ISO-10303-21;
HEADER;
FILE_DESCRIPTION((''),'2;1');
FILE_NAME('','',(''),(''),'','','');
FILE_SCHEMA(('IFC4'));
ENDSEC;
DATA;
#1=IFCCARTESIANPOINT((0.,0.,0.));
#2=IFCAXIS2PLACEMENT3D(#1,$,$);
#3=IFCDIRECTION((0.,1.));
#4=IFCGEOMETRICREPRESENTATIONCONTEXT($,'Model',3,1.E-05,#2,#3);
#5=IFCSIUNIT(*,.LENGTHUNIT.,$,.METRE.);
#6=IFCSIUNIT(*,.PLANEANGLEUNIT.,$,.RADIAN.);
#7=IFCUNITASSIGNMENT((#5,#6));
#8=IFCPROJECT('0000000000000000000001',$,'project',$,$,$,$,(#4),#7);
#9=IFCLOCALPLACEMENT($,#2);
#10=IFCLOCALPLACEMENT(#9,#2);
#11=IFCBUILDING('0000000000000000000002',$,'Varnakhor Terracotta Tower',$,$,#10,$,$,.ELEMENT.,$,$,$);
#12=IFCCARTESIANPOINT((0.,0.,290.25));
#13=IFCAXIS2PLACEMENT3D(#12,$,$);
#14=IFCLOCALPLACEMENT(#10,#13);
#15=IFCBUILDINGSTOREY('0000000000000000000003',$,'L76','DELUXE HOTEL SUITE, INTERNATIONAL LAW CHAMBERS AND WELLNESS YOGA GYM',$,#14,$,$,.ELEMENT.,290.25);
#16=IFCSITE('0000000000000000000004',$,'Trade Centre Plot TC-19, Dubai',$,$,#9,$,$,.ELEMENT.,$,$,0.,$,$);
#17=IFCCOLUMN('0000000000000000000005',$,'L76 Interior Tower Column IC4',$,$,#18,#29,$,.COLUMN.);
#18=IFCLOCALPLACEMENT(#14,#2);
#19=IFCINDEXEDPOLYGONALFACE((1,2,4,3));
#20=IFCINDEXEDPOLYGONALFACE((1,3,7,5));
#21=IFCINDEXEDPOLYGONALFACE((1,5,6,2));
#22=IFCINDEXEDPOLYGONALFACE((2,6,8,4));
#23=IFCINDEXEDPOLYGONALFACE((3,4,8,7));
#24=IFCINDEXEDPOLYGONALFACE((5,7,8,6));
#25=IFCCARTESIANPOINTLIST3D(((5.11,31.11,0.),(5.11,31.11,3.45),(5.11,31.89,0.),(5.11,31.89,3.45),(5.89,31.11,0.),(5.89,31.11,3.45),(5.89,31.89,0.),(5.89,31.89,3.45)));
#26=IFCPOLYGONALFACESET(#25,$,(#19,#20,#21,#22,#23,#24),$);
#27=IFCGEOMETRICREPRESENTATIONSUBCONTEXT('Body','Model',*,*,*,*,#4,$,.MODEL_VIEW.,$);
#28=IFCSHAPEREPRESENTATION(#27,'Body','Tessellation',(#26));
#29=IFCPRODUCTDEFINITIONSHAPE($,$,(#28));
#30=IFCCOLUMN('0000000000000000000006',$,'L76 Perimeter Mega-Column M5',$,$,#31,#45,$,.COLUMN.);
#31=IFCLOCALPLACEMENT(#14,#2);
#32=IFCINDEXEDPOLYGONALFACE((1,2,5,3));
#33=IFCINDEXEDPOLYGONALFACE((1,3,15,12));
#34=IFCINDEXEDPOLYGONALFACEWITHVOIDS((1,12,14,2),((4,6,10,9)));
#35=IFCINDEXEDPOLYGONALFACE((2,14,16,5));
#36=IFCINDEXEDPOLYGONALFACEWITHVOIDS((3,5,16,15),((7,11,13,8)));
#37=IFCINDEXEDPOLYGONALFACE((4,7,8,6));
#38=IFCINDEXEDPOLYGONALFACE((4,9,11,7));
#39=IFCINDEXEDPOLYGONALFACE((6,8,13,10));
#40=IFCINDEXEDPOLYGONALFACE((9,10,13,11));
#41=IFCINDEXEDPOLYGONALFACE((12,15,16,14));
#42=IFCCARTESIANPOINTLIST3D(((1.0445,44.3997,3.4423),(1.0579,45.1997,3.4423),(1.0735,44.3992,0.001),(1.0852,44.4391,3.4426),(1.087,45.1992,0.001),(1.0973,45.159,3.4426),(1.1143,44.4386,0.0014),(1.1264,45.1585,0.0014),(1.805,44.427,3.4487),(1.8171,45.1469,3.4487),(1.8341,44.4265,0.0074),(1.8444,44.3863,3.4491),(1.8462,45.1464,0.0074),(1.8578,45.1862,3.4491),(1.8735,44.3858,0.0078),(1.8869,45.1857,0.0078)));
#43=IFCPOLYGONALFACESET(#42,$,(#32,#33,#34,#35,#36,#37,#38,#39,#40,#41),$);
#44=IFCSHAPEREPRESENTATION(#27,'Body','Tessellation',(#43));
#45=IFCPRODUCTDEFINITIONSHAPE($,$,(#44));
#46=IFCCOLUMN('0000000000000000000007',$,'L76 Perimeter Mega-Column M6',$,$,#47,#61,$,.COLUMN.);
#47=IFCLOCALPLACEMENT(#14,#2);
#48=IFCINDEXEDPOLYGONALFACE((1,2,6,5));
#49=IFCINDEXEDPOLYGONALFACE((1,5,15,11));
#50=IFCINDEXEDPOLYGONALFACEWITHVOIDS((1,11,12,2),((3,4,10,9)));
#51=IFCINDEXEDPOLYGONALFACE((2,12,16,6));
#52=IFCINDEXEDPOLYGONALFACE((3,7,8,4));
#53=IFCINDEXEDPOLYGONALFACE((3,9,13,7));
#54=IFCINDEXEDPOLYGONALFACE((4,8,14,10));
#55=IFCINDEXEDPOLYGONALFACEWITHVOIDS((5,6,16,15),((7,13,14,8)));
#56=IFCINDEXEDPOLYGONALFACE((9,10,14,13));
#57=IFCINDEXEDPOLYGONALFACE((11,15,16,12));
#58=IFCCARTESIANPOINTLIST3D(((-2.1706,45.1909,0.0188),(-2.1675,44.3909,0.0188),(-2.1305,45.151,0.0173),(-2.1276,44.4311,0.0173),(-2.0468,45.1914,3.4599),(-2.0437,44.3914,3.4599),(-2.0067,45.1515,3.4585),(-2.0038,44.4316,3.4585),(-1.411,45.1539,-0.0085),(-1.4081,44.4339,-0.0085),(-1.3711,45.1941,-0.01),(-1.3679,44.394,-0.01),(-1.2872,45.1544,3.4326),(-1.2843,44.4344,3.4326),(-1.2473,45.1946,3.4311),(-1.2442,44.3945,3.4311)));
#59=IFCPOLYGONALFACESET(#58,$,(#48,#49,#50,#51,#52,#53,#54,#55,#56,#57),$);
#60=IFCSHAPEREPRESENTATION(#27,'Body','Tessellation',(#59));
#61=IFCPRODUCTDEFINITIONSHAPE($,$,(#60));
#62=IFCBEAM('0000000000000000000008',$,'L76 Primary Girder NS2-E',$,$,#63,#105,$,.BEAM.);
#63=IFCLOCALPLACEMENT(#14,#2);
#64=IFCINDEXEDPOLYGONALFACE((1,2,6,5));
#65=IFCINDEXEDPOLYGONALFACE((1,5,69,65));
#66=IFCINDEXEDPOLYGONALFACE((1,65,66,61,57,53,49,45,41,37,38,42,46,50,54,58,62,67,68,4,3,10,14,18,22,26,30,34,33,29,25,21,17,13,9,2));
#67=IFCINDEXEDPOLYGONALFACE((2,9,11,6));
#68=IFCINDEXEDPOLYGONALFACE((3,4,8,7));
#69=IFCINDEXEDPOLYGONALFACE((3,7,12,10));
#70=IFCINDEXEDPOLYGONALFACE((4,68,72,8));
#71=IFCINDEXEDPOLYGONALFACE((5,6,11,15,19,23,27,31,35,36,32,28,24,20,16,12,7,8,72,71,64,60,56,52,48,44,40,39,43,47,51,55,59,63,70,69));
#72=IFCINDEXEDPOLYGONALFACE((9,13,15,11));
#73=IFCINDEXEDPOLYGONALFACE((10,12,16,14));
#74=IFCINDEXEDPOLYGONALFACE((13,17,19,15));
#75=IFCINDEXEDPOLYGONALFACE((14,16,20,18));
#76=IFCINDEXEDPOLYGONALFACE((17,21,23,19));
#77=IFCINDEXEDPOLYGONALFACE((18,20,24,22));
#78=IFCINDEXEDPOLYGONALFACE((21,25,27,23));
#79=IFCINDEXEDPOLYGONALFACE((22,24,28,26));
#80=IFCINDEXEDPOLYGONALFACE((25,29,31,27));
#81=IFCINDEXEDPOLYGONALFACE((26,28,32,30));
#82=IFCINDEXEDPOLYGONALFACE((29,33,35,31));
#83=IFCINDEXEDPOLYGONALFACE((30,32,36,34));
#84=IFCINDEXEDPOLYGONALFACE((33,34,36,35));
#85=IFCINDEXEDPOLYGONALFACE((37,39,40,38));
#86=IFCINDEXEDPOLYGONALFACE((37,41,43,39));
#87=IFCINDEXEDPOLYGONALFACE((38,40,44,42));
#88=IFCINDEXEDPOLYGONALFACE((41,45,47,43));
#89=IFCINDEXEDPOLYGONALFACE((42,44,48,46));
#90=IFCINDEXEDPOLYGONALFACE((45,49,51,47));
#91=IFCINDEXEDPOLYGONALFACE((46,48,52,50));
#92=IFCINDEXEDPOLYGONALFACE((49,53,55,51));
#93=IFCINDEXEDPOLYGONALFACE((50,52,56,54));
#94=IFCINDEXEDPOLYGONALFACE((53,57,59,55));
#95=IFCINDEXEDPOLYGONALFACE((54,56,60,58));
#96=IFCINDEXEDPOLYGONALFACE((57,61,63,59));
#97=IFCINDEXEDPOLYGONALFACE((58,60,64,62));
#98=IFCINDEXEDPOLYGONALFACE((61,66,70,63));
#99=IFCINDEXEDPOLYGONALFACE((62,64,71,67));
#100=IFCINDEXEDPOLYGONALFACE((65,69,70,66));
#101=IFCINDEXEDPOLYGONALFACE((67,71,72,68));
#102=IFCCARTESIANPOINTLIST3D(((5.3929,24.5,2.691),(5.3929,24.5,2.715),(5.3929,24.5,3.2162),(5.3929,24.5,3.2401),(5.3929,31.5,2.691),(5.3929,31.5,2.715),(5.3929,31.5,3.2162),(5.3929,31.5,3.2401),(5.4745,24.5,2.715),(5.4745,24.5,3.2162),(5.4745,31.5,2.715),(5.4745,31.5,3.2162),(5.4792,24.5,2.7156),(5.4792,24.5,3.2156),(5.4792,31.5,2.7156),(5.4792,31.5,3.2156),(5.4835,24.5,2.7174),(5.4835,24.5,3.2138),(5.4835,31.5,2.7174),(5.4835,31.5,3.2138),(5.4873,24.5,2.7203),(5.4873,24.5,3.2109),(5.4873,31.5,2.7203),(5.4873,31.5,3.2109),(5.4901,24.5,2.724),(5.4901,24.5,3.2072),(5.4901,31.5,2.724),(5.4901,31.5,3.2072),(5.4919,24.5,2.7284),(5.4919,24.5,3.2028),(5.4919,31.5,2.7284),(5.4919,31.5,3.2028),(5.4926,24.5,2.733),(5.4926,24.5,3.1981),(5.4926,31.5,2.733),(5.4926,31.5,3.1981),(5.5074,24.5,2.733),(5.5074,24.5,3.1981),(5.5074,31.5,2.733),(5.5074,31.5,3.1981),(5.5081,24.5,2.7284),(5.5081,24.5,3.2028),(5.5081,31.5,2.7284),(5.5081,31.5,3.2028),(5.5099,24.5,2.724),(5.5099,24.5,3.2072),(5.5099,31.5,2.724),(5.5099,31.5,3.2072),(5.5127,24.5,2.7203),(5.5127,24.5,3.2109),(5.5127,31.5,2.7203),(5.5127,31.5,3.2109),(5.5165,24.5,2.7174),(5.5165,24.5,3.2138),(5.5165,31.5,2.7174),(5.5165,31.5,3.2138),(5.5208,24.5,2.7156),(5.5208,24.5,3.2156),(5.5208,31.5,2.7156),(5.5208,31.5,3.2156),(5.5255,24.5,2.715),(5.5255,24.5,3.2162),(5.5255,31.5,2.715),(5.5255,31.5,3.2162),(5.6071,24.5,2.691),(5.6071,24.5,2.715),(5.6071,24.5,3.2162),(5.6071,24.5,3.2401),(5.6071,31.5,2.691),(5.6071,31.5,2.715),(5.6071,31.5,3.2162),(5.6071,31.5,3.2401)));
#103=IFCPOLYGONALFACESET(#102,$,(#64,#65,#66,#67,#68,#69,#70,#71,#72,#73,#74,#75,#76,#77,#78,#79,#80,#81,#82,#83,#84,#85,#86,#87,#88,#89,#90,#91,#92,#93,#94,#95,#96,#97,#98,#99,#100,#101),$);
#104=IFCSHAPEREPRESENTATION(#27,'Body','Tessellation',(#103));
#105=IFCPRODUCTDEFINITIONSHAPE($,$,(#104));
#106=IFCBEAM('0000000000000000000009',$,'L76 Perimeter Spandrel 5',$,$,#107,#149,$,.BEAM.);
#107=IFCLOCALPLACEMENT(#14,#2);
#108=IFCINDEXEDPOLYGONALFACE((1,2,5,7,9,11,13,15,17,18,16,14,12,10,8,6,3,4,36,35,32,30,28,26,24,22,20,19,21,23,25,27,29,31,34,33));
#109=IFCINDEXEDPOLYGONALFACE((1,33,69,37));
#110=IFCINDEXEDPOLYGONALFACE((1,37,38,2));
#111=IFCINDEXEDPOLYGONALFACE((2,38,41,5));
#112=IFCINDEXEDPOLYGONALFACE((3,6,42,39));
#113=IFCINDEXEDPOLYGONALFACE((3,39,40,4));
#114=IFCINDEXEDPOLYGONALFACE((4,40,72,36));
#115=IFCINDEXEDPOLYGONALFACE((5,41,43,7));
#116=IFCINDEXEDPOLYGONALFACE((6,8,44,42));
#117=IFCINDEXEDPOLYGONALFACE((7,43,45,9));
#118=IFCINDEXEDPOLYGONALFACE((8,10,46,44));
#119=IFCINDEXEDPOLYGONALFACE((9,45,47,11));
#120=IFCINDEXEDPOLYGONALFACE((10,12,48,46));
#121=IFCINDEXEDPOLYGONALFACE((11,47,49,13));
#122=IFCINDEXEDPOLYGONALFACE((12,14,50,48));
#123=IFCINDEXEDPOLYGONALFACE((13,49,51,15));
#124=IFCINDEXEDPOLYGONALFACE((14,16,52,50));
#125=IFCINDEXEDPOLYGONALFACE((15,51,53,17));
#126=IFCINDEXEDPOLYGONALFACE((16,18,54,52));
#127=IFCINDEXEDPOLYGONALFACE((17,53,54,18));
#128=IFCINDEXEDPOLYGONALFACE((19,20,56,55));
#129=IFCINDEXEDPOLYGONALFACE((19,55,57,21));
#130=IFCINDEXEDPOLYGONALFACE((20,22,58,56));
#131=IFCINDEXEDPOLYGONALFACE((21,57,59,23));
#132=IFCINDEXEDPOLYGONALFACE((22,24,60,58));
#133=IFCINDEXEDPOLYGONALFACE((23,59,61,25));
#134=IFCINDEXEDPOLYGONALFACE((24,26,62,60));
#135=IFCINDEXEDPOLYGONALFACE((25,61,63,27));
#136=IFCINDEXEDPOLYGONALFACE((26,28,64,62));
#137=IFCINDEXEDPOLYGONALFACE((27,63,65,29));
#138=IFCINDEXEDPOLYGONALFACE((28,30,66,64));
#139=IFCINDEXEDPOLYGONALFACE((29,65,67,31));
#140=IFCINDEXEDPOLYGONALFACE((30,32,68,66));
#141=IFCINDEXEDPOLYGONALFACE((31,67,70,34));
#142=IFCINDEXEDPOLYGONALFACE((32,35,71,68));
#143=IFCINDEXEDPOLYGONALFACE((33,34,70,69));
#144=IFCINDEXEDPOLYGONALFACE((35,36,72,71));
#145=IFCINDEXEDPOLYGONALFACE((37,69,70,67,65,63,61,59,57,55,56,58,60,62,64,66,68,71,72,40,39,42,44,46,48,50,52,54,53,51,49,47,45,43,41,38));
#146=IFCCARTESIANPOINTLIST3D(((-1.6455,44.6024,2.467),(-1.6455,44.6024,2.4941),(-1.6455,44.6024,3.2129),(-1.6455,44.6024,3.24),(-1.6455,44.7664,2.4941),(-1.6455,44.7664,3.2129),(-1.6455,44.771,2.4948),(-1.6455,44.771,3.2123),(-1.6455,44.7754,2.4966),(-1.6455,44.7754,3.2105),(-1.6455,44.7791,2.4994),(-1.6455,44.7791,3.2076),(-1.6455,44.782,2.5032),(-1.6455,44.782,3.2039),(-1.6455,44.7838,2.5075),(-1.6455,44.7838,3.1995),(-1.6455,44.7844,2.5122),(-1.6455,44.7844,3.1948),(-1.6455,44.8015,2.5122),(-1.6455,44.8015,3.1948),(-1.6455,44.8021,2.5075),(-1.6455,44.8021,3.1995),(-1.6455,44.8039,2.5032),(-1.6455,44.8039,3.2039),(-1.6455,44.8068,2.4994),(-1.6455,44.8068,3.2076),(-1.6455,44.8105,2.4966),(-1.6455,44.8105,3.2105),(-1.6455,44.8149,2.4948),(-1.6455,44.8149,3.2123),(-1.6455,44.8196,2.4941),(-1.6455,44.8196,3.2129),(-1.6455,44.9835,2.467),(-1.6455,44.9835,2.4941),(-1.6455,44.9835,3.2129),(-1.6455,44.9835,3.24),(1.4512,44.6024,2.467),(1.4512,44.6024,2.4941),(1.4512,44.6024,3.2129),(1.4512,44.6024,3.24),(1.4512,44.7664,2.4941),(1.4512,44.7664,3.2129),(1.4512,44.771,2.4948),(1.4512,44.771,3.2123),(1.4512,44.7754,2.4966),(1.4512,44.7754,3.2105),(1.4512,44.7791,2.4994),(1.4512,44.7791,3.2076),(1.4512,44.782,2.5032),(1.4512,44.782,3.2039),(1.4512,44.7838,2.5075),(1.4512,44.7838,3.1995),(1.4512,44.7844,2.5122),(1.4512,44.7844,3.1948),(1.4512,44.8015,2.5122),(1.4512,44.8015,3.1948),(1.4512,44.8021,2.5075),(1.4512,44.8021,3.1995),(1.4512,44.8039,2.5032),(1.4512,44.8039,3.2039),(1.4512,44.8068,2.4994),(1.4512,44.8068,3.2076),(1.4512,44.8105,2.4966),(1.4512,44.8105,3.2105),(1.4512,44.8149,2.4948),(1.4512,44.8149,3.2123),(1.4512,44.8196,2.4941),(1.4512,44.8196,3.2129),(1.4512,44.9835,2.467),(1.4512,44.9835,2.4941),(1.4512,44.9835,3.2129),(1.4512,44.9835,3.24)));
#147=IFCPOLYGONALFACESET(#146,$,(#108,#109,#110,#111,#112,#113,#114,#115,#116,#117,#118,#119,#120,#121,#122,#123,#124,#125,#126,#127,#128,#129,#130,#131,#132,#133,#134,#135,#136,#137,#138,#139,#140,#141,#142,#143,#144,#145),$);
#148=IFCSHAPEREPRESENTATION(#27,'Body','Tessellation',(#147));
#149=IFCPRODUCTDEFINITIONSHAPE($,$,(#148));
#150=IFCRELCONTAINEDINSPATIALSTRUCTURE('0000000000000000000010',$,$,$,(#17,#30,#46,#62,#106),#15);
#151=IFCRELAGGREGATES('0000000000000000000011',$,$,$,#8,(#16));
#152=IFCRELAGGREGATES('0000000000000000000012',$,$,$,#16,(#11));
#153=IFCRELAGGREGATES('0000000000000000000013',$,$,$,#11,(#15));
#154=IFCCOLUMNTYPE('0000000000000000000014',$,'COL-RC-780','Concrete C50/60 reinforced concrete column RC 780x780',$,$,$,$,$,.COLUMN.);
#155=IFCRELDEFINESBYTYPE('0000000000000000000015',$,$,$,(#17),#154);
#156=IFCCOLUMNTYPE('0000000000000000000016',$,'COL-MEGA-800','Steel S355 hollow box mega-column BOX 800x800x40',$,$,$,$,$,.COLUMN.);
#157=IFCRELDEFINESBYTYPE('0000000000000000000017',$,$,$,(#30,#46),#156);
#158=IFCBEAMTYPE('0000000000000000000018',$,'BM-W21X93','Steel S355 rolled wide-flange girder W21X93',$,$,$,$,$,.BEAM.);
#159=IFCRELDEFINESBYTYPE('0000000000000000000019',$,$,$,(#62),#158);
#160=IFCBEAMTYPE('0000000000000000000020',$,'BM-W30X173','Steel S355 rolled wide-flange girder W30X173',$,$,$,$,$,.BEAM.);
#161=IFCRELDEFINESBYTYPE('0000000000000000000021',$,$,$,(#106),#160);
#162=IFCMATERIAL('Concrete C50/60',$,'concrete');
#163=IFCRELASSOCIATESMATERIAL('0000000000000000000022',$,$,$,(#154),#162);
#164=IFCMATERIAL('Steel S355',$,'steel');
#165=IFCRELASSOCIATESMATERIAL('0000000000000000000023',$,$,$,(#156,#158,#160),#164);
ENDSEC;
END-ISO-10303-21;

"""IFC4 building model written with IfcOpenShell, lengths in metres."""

from ifc_helpers import new_model, si_unit, direction, frame, origin, origin_2d, place, context, subcontext, project, spatial, rectangle, hollow_rectangle, i_section, extrude, source, transform, mapped, material, material_profile, profile_set, type_object, type_shapes, element, save


model = new_model("IFC4")

# Units and contexts
model_context = context("Model", 3, precision=1e-05, world=origin(), true_north=direction((0.0, 1.0)))
body_context = subcontext(model_context, "Body", "Model", "MODEL_VIEW")
ifc_project = project(units=[si_unit("LENGTHUNIT", "METRE"), si_unit("PLANEANGLEUNIT", "RADIAN")], contexts=[model_context])

# Site, building, storey
site_placement = place(None, origin())
site = spatial("IfcSite", under=ifc_project, at=site_placement, Name="Trade Centre Plot TC-19, Dubai", CompositionType="ELEMENT", RefElevation=0.0)
building_placement = place(site_placement, origin())
building = spatial("IfcBuilding", under=site, at=building_placement, Name="Varnakhor Terracotta Tower", CompositionType="ELEMENT")
storey_placement = place(building_placement, frame((0.0, 0.0, 290.25)))
storey = spatial("IfcBuildingStorey", under=building, at=storey_placement, Name="L76", Description="DELUXE HOTEL SUITE, INTERNATIONAL LAW CHAMBERS AND WELLNESS YOGA GYM", CompositionType="ELEMENT", Elevation=290.25)

# Columns
ifc_material_1 = material(Name="Concrete C50/60", Category="concrete")
ifc_material_profile_1 = material_profile(ifc_material_1, rectangle(XDim=0.78, YDim=0.78, at=origin_2d()), Name="RC 780x780")
ifc_profile_set_1 = profile_set([ifc_material_profile_1], Name="Concrete C50/60")
column_type_1 = type_object("IfcColumnType", Name="COL-RC-780", Description="Concrete C50/60 reinforced concrete column RC 780x780", PredefinedType="COLUMN", material=ifc_profile_set_1)
shared_shape_1 = source(origin(), body_context, "Body", "SweptSolid", [
    extrude(rectangle(XDim=0.78, YDim=0.78, at=origin_2d()), origin(), (0.0, 0.0, 1.0), 3.45),
])
column_1_placement = place(storey_placement, frame((5.5, 31.5, 0.0), z_axis=(0.0, 0.0, 1.0), x_axis=(1.0, 0.0, 0.0)))
element("IfcColumn", 1, at=column_1_placement, inside=storey, type_object=column_type_1, Name="L76 Interior Tower Column IC4", PredefinedType="COLUMN", context=body_context, shape_type="MappedRepresentation", body=[
    mapped(shared_shape_1, transform((0.0, 0.0, 0.0), scale=1.0)),
])
ifc_material_2 = material(Name="Steel S355", Category="steel")
ifc_material_profile_2 = material_profile(ifc_material_2, hollow_rectangle(XDim=0.8, YDim=0.8, WallThickness=0.04, at=origin_2d()), Name="BOX 800x800x40")
ifc_profile_set_2 = profile_set([ifc_material_profile_2], Name="Steel S355")
column_type_2 = type_object("IfcColumnType", Name="COL-MEGA-800", Description="Steel S355 hollow box mega-column BOX 800x800x40", PredefinedType="COLUMN", material=ifc_profile_set_2)
shared_shape_2 = source(origin(), body_context, "Body", "SweptSolid", [
    extrude(hollow_rectangle(XDim=0.8, YDim=0.8, WallThickness=0.04, at=origin_2d()), origin(), (0.0, 0.0, 1.0), 3.4414),
])
type_shapes(column_type_2, [shared_shape_2])
column_2_placement = place(storey_placement, frame((1.4802, 44.7925, 0.0044), z_axis=(-0.008442, 0.000142, 0.999964), x_axis=(-0.016804, -0.999859, 0.0)))
element("IfcColumn", 2, at=column_2_placement, inside=storey, type_object=column_type_2, Name="L76 Perimeter Mega-Column M5", PredefinedType="COLUMN", context=body_context, shape_type="MappedRepresentation", body=[
    mapped(shared_shape_2, transform((0.0, 0.0, 0.0), scale=1.0)),
])
shared_shape_3 = source(origin(), body_context, "Body", "SweptSolid", [
    extrude(hollow_rectangle(XDim=0.8, YDim=0.8, WallThickness=0.04, at=origin_2d()), origin(), (0.0, 0.0, 1.0), 3.4434),
])
column_3_placement = place(storey_placement, frame((-1.7693, 44.7925, 0.0044), z_axis=(0.035947, 0.000142, 0.999354), x_axis=(-0.003945, 0.999992, 0.0)))
element("IfcColumn", 3, at=column_3_placement, inside=storey, type_object=column_type_2, Name="L76 Perimeter Mega-Column M6", PredefinedType="COLUMN", context=body_context, shape_type="MappedRepresentation", body=[
    mapped(shared_shape_3, transform((0.0, 0.0, 0.0), scale=1.0)),
])

# Beams
ifc_material_profile_3 = material_profile(ifc_material_2, i_section(OverallWidth=0.2141, OverallDepth=0.5491, WebThickness=0.0149, FlangeThickness=0.0239, FilletRadius=0.0181, at=origin_2d()), Name="W21X93")
ifc_profile_set_3 = profile_set([ifc_material_profile_3], Name="Steel S355")
beam_type_1 = type_object("IfcBeamType", Name="BM-W21X93", Description="Steel S355 rolled wide-flange girder W21X93", PredefinedType="BEAM", material=ifc_profile_set_3)
shared_shape_4 = source(origin(), body_context, "Body", "SweptSolid", [
    extrude(i_section(OverallWidth=0.2141, OverallDepth=0.5491, WebThickness=0.0149, FlangeThickness=0.0239, FilletRadius=0.0181, at=origin_2d()), origin(), (0.0, 0.0, 1.0), 7.0),
])
beam_1_placement = place(storey_placement, frame((5.5, 24.5, 2.9656), z_axis=(0.0, 1.0, 0.0), x_axis=(-1.0, 0.0, 0.0)))
element("IfcBeam", 4, at=beam_1_placement, inside=storey, type_object=beam_type_1, Name="L76 Primary Girder NS2-E", PredefinedType="BEAM", context=body_context, shape_type="MappedRepresentation", body=[
    mapped(shared_shape_4, transform((0.0, 0.0, 0.0), scale=1.0)),
])
ifc_material_profile_4 = material_profile(ifc_material_2, i_section(OverallWidth=0.3811, OverallDepth=0.7729, WebThickness=0.0171, FlangeThickness=0.0271, FilletRadius=0.0181, at=origin_2d()), Name="W30X173")
ifc_profile_set_4 = profile_set([ifc_material_profile_4], Name="Steel S355")
beam_type_2 = type_object("IfcBeamType", Name="BM-W30X173", Description="Steel S355 rolled wide-flange girder W30X173", PredefinedType="BEAM", material=ifc_profile_set_4)
shared_shape_5 = source(origin(), body_context, "Body", "SweptSolid", [
    extrude(i_section(OverallWidth=0.3811, OverallDepth=0.7729, WebThickness=0.0171, FlangeThickness=0.0271, FilletRadius=0.0181, at=origin_2d()), origin(), (0.0, 0.0, 1.0), 3.0967),
])
beam_2_placement = place(storey_placement, frame((1.4512, 44.793, 2.8535), z_axis=(-1.0, 0.0, 0.0), x_axis=(0.0, -1.0, 0.0)))
element("IfcBeam", 5, at=beam_2_placement, inside=storey, type_object=beam_type_2, Name="L76 Perimeter Spandrel 5", PredefinedType="BEAM", context=body_context, shape_type="MappedRepresentation", body=[
    mapped(shared_shape_5, transform((0.0, 0.0, 0.0), scale=1.0)),
])

save(model, "model.ifc")
